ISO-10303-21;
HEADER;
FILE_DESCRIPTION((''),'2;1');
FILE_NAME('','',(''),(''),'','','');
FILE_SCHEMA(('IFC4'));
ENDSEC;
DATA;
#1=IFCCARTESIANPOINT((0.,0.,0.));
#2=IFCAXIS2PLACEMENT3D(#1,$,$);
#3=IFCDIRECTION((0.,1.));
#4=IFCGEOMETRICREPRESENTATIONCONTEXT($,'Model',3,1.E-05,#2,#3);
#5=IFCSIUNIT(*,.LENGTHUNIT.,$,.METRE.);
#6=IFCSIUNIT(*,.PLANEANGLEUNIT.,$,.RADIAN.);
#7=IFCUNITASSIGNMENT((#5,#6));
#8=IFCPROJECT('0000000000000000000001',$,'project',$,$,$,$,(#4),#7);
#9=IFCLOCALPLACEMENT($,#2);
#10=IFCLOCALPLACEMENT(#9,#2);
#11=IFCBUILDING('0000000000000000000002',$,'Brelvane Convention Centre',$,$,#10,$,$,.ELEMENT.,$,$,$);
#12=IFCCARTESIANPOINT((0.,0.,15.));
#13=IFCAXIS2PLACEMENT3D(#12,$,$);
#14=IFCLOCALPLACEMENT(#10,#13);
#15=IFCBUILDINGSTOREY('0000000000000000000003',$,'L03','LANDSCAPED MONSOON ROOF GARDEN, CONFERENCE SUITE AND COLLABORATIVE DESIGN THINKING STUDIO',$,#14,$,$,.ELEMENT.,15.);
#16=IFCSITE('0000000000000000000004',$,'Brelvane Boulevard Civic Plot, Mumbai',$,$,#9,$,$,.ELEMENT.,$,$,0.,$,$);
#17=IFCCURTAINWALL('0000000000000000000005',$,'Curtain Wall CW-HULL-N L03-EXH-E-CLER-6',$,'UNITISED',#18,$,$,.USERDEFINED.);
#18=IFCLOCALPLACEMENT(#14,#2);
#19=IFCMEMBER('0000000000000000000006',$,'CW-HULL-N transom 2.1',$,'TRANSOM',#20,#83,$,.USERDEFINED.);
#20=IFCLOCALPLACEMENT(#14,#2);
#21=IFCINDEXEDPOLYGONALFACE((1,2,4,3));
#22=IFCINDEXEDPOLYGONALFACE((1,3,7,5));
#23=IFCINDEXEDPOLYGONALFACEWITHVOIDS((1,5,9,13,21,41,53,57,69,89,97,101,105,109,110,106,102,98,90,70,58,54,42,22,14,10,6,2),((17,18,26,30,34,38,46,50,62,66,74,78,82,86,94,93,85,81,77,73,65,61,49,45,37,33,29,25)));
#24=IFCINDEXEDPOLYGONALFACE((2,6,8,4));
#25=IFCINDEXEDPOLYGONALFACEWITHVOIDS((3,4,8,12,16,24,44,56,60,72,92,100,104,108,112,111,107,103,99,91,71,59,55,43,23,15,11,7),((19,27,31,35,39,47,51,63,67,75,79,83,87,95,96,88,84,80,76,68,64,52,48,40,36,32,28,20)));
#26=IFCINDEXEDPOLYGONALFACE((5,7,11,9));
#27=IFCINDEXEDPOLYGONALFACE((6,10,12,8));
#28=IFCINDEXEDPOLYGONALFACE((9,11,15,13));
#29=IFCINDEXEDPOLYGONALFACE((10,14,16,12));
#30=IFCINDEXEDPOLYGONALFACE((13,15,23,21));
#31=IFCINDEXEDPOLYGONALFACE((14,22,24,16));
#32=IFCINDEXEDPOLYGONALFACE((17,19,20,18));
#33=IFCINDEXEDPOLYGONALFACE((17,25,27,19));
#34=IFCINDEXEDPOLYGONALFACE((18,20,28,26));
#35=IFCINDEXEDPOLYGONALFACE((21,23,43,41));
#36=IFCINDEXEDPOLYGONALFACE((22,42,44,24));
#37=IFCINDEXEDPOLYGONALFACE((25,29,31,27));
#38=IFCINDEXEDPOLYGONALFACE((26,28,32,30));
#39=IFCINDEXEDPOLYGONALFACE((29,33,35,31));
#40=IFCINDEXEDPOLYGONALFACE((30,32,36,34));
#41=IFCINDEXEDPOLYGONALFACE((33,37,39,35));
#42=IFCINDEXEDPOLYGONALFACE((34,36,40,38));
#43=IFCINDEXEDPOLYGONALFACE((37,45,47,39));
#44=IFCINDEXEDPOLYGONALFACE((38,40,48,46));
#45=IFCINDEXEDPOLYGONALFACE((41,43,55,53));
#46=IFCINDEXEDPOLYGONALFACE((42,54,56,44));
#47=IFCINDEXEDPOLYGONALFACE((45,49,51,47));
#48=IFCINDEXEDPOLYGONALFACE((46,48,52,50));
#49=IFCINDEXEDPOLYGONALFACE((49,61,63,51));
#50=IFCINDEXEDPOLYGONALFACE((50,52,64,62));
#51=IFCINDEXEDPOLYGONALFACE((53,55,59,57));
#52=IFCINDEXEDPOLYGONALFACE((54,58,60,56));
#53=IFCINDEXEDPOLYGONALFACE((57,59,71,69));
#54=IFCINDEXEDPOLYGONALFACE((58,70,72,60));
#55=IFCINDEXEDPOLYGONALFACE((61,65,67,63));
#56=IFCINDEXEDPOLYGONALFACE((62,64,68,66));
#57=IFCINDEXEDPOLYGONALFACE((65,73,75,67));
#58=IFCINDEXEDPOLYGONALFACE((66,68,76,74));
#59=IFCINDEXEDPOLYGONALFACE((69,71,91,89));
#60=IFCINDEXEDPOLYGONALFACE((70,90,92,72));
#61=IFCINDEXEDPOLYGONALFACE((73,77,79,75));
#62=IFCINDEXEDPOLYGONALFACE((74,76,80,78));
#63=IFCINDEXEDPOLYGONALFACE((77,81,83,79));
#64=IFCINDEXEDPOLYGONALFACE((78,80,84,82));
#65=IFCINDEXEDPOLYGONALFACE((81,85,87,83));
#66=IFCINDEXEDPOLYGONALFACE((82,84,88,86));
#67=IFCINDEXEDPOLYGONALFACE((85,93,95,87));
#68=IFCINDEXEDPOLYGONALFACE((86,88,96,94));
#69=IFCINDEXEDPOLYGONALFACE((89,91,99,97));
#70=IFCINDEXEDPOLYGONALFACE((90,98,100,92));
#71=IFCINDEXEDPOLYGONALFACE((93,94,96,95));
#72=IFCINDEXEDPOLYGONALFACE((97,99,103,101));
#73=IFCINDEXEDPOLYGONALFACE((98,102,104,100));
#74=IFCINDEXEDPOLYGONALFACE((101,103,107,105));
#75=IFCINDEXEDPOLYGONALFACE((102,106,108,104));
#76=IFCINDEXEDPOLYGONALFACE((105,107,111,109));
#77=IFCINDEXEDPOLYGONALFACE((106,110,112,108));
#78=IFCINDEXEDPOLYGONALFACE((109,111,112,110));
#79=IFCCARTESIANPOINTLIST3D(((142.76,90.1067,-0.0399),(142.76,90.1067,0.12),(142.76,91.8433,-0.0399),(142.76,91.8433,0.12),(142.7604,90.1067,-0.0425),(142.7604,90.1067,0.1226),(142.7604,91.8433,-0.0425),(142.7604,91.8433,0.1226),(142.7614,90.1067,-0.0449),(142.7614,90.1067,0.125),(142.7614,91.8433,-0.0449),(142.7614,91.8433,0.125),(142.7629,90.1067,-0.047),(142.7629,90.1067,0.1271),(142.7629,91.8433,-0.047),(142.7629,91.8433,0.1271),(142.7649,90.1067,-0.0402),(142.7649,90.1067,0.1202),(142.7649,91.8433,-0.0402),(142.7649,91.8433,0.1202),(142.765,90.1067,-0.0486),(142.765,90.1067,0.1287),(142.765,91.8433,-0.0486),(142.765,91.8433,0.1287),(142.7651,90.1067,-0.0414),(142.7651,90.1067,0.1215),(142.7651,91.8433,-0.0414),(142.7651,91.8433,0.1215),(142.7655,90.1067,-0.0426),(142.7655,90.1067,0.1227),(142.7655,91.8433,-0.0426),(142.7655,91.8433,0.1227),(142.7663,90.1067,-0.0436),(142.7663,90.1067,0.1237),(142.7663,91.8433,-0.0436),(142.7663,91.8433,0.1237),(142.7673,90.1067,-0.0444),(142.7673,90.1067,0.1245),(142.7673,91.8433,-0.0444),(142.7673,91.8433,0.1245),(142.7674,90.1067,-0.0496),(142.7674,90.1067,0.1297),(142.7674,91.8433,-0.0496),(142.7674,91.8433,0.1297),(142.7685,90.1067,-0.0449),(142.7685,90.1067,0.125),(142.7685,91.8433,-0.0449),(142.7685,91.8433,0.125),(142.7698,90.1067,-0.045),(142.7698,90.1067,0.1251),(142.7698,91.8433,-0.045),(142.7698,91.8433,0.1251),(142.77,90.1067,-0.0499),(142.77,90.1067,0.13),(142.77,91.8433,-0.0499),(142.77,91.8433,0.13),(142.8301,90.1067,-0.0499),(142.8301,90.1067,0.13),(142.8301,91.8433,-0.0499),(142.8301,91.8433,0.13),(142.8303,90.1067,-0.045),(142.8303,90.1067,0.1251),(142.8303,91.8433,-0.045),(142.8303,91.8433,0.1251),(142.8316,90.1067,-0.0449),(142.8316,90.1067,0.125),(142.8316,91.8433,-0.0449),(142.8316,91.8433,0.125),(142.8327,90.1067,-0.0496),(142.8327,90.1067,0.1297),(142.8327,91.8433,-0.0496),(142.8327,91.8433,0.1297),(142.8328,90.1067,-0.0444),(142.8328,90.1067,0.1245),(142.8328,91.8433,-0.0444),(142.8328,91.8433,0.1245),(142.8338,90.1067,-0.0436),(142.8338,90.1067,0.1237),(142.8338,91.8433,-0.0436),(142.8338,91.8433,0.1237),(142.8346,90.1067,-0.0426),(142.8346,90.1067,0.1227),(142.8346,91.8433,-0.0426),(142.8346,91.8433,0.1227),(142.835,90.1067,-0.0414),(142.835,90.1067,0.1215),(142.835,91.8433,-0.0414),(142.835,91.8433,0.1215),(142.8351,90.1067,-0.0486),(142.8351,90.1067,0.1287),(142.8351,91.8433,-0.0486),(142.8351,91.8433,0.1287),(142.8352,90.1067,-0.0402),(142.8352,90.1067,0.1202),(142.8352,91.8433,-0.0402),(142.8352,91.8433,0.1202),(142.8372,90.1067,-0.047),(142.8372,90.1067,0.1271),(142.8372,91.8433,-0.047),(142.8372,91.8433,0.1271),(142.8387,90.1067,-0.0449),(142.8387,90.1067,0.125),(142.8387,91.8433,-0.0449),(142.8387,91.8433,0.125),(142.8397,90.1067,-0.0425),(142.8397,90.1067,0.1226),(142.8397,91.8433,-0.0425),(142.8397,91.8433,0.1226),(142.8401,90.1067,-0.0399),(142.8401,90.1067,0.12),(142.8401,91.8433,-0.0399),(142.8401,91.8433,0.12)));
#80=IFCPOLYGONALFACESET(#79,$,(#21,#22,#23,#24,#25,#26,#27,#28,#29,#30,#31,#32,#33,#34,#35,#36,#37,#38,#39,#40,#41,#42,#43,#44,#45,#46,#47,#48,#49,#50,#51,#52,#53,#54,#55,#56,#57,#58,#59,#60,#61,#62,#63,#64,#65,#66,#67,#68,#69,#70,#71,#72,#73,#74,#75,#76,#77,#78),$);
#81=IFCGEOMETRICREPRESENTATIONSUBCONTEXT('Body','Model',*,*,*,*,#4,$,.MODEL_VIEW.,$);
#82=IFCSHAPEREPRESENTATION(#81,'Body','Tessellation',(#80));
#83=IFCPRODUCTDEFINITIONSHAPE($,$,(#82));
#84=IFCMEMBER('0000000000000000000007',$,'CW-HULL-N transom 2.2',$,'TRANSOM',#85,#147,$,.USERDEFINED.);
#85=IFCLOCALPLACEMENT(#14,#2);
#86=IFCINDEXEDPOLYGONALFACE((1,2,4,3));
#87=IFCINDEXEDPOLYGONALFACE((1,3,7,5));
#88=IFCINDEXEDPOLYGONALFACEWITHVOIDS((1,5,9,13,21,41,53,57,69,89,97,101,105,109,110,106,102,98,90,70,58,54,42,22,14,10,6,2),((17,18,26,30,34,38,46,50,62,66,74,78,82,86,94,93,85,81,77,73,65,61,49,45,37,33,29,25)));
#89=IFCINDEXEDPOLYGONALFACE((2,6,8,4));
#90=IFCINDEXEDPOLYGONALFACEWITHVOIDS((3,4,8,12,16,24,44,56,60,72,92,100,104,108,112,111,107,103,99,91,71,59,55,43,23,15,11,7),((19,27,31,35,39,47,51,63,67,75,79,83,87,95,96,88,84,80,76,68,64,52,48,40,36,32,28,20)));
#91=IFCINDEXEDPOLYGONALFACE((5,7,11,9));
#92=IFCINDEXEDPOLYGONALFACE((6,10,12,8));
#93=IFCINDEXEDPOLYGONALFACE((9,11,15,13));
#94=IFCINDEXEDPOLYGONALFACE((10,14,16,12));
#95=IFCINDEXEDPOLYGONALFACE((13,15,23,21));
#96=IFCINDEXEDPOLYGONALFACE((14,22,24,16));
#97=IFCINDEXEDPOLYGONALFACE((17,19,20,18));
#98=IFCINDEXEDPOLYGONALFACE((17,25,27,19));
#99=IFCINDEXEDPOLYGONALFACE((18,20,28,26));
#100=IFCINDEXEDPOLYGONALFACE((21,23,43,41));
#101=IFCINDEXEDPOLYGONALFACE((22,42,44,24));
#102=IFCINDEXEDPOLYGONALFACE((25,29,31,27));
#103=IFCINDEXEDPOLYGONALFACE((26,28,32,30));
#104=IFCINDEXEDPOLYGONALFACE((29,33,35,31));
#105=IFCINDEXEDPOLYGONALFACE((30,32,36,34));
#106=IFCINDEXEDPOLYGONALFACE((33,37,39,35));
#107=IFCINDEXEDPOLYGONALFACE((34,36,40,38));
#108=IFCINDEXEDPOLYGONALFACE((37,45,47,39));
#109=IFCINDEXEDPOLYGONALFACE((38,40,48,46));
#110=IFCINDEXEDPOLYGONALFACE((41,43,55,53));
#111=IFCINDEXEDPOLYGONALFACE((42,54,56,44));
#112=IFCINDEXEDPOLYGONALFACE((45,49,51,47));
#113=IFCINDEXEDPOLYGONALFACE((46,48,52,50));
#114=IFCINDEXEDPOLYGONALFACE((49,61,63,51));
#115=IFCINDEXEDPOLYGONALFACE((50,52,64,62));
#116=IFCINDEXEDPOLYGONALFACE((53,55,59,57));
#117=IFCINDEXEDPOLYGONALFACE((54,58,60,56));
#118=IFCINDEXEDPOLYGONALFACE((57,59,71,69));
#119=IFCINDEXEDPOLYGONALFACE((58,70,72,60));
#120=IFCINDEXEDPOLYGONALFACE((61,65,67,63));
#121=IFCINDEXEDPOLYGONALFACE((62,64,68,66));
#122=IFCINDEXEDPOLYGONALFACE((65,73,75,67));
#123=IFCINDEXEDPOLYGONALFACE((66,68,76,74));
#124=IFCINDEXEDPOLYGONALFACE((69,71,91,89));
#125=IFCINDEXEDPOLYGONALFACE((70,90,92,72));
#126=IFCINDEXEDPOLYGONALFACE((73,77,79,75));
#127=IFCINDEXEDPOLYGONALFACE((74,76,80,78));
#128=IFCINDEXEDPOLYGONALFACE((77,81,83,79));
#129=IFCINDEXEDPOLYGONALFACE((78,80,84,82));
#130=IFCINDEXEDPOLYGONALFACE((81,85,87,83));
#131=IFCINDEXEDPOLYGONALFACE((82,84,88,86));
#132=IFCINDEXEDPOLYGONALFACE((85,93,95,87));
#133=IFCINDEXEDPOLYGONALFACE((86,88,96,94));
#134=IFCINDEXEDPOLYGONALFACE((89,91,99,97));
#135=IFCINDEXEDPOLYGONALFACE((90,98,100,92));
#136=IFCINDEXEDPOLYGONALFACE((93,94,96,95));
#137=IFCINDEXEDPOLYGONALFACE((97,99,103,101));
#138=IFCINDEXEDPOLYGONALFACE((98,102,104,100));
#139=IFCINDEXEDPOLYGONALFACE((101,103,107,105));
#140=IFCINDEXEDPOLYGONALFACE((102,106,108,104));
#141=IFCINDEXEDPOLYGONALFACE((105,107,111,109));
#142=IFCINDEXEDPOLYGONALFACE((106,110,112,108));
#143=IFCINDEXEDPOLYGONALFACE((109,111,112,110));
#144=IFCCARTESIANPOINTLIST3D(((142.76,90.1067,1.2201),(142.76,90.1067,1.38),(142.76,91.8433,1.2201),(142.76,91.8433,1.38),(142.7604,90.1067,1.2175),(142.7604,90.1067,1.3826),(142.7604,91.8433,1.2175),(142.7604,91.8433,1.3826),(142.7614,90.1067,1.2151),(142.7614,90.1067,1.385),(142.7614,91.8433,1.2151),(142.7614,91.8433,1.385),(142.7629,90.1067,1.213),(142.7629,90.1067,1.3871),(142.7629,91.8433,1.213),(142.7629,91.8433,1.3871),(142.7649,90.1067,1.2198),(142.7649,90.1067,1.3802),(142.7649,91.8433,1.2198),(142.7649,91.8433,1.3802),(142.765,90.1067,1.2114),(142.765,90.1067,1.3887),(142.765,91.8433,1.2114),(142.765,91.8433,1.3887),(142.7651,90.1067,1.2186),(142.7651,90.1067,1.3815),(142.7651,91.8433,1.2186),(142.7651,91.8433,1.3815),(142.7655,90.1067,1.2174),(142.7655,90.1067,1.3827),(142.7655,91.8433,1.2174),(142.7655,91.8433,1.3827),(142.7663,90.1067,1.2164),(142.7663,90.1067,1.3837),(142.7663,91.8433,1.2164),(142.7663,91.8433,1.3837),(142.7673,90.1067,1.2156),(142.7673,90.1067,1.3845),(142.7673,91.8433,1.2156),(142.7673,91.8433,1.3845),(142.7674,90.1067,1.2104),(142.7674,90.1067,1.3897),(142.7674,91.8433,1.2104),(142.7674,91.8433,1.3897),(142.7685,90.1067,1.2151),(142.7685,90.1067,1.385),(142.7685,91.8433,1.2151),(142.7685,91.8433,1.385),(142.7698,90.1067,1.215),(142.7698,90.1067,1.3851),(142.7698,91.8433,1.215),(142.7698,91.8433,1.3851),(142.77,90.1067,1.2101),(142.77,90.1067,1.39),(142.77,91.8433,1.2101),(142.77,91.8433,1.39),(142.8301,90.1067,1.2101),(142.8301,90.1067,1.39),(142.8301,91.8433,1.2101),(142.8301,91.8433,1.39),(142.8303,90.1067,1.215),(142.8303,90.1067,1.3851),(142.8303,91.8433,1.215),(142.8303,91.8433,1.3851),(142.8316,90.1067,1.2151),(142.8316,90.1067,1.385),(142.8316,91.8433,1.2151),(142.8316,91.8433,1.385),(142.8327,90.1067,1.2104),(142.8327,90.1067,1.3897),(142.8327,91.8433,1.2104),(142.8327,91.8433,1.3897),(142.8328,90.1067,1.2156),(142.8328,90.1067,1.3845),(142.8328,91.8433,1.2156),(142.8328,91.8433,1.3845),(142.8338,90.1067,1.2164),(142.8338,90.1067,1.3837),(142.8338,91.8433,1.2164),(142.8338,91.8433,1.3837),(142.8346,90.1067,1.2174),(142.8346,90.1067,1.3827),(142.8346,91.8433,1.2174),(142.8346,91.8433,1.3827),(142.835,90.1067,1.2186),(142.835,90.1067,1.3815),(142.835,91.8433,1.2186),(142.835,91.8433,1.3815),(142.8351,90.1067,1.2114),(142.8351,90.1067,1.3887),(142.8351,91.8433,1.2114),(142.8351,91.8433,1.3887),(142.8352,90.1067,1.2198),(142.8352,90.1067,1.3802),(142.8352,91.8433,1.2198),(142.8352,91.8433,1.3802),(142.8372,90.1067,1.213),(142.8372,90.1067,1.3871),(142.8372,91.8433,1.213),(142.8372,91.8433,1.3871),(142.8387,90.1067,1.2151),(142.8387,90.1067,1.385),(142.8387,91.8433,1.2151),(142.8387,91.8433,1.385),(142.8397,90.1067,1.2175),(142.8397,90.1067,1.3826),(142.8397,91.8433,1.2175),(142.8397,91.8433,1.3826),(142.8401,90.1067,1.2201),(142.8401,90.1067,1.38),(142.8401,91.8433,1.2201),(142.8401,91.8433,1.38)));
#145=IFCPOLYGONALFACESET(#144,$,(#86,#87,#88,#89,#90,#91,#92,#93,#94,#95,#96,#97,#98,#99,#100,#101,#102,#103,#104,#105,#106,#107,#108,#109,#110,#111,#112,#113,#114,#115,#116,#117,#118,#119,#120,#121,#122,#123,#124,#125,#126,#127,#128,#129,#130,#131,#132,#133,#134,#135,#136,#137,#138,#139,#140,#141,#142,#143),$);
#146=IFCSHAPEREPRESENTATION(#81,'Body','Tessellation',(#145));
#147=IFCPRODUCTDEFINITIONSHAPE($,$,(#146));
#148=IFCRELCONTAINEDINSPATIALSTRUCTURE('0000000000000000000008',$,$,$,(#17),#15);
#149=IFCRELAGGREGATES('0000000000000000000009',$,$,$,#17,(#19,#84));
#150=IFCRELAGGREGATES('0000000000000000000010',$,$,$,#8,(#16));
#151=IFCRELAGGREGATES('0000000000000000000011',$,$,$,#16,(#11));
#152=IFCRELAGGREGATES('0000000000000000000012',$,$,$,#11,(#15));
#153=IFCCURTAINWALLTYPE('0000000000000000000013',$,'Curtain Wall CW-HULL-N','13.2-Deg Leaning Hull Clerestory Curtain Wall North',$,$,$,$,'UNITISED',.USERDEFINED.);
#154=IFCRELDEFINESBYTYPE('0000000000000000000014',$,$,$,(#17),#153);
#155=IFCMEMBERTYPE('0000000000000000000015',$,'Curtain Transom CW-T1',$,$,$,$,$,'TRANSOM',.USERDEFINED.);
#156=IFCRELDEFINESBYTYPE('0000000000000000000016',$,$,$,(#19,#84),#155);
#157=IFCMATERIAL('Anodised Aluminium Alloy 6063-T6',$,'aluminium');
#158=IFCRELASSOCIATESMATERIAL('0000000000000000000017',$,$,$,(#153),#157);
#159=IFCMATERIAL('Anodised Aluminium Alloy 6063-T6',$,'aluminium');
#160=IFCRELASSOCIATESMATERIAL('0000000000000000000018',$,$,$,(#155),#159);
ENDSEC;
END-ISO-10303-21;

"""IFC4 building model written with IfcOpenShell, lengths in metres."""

from ifc_helpers import new_model, si_unit, direction, frame, origin, origin_2d, place, context, subcontext, project, spatial, hollow_rectangle, extrude, material, material_profile, profile_set, type_object, element, aggregate, save


model = new_model("IFC4")

# Units and contexts
model_context = context("Model", 3, precision=1e-05, world=origin(), true_north=direction((0.0, 1.0)))
body_context = subcontext(model_context, "Body", "Model", "MODEL_VIEW")
ifc_project = project(units=[si_unit("LENGTHUNIT", "METRE"), si_unit("PLANEANGLEUNIT", "RADIAN")], contexts=[model_context])

# Site, building, storey
site_placement = place(None, origin())
site = spatial("IfcSite", under=ifc_project, at=site_placement, Name="Brelvane Boulevard Civic Plot, Mumbai", CompositionType="ELEMENT", RefElevation=0.0)
building_placement = place(site_placement, origin())
building = spatial("IfcBuilding", under=site, at=building_placement, Name="Brelvane Convention Centre", CompositionType="ELEMENT")
storey_placement = place(building_placement, frame((0.0, 0.0, 15.0)))
storey = spatial("IfcBuildingStorey", under=building, at=storey_placement, Name="L03", Description="LANDSCAPED MONSOON ROOF GARDEN, CONFERENCE SUITE AND COLLABORATIVE DESIGN THINKING STUDIO", CompositionType="ELEMENT", Elevation=15.0)

# Curtain wall, members
ifc_material_1 = material(Name="Anodised Aluminium Alloy 6063-T6", Category="aluminium")
curtain_wall_type = type_object("IfcCurtainWallType", Name="Curtain Wall CW-HULL-N", Description="13.2-Deg Leaning Hull Clerestory Curtain Wall North", ElementType="UNITISED", PredefinedType="USERDEFINED", material=ifc_material_1)
curtain_wall_placement = place(storey_placement, origin())
curtain_wall = element("IfcCurtainWall", 1, at=curtain_wall_placement, inside=storey, type_object=curtain_wall_type, Name="Curtain Wall CW-HULL-N L03-EXH-E-CLER-6", ObjectType="UNITISED", PredefinedType="USERDEFINED")
ifc_material_2 = material(Name="Anodised Aluminium Alloy 6063-T6", Category="aluminium")
ifc_material_profile_1 = material_profile(ifc_material_2, hollow_rectangle(XDim=0.0801, YDim=0.1799, WallThickness=0.0049, InnerFilletRadius=0.0049, OuterFilletRadius=0.01, at=origin_2d()), Name="ALU-T 180x80x5.0")
ifc_profile_set_1 = profile_set([ifc_material_profile_1], Name="Anodised Aluminium Alloy 6063-T6")
member_type_1 = type_object("IfcMemberType", Name="Curtain Transom CW-T1", ElementType="TRANSOM", PredefinedType="USERDEFINED", material=ifc_profile_set_1)
member_1_placement = place(storey_placement, frame((142.8, 90.1067, 0.04), z_axis=(0.0, 1.0, 0.0), x_axis=(-1.0, 0.0, 0.0)))
member_1 = element("IfcMember", 2, at=member_1_placement, type_object=member_type_1, Name="CW-HULL-N transom 2.1", ObjectType="TRANSOM", PredefinedType="USERDEFINED", context=body_context, shape_type="SweptSolid", body=[
    extrude(hollow_rectangle(XDim=0.0801, YDim=0.1799, WallThickness=0.0049, InnerFilletRadius=0.0049, OuterFilletRadius=0.01, at=origin_2d()), origin(), (0.0, 0.0, 1.0), 1.7366),
])
member_2_placement = place(storey_placement, frame((142.8, 90.1067, 1.3), z_axis=(0.0, 1.0, 0.0), x_axis=(-1.0, 0.0, 0.0)))
member_2 = element("IfcMember", 3, at=member_2_placement, type_object=member_type_1, Name="CW-HULL-N transom 2.2", ObjectType="TRANSOM", PredefinedType="USERDEFINED", context=body_context, shape_type="SweptSolid", body=[
    extrude(hollow_rectangle(XDim=0.0801, YDim=0.1799, WallThickness=0.0049, InnerFilletRadius=0.0049, OuterFilletRadius=0.01, at=origin_2d()), origin(), (0.0, 0.0, 1.0), 1.7366),
])
aggregate(curtain_wall, [member_1, member_2])

save(model, "model.ifc")
